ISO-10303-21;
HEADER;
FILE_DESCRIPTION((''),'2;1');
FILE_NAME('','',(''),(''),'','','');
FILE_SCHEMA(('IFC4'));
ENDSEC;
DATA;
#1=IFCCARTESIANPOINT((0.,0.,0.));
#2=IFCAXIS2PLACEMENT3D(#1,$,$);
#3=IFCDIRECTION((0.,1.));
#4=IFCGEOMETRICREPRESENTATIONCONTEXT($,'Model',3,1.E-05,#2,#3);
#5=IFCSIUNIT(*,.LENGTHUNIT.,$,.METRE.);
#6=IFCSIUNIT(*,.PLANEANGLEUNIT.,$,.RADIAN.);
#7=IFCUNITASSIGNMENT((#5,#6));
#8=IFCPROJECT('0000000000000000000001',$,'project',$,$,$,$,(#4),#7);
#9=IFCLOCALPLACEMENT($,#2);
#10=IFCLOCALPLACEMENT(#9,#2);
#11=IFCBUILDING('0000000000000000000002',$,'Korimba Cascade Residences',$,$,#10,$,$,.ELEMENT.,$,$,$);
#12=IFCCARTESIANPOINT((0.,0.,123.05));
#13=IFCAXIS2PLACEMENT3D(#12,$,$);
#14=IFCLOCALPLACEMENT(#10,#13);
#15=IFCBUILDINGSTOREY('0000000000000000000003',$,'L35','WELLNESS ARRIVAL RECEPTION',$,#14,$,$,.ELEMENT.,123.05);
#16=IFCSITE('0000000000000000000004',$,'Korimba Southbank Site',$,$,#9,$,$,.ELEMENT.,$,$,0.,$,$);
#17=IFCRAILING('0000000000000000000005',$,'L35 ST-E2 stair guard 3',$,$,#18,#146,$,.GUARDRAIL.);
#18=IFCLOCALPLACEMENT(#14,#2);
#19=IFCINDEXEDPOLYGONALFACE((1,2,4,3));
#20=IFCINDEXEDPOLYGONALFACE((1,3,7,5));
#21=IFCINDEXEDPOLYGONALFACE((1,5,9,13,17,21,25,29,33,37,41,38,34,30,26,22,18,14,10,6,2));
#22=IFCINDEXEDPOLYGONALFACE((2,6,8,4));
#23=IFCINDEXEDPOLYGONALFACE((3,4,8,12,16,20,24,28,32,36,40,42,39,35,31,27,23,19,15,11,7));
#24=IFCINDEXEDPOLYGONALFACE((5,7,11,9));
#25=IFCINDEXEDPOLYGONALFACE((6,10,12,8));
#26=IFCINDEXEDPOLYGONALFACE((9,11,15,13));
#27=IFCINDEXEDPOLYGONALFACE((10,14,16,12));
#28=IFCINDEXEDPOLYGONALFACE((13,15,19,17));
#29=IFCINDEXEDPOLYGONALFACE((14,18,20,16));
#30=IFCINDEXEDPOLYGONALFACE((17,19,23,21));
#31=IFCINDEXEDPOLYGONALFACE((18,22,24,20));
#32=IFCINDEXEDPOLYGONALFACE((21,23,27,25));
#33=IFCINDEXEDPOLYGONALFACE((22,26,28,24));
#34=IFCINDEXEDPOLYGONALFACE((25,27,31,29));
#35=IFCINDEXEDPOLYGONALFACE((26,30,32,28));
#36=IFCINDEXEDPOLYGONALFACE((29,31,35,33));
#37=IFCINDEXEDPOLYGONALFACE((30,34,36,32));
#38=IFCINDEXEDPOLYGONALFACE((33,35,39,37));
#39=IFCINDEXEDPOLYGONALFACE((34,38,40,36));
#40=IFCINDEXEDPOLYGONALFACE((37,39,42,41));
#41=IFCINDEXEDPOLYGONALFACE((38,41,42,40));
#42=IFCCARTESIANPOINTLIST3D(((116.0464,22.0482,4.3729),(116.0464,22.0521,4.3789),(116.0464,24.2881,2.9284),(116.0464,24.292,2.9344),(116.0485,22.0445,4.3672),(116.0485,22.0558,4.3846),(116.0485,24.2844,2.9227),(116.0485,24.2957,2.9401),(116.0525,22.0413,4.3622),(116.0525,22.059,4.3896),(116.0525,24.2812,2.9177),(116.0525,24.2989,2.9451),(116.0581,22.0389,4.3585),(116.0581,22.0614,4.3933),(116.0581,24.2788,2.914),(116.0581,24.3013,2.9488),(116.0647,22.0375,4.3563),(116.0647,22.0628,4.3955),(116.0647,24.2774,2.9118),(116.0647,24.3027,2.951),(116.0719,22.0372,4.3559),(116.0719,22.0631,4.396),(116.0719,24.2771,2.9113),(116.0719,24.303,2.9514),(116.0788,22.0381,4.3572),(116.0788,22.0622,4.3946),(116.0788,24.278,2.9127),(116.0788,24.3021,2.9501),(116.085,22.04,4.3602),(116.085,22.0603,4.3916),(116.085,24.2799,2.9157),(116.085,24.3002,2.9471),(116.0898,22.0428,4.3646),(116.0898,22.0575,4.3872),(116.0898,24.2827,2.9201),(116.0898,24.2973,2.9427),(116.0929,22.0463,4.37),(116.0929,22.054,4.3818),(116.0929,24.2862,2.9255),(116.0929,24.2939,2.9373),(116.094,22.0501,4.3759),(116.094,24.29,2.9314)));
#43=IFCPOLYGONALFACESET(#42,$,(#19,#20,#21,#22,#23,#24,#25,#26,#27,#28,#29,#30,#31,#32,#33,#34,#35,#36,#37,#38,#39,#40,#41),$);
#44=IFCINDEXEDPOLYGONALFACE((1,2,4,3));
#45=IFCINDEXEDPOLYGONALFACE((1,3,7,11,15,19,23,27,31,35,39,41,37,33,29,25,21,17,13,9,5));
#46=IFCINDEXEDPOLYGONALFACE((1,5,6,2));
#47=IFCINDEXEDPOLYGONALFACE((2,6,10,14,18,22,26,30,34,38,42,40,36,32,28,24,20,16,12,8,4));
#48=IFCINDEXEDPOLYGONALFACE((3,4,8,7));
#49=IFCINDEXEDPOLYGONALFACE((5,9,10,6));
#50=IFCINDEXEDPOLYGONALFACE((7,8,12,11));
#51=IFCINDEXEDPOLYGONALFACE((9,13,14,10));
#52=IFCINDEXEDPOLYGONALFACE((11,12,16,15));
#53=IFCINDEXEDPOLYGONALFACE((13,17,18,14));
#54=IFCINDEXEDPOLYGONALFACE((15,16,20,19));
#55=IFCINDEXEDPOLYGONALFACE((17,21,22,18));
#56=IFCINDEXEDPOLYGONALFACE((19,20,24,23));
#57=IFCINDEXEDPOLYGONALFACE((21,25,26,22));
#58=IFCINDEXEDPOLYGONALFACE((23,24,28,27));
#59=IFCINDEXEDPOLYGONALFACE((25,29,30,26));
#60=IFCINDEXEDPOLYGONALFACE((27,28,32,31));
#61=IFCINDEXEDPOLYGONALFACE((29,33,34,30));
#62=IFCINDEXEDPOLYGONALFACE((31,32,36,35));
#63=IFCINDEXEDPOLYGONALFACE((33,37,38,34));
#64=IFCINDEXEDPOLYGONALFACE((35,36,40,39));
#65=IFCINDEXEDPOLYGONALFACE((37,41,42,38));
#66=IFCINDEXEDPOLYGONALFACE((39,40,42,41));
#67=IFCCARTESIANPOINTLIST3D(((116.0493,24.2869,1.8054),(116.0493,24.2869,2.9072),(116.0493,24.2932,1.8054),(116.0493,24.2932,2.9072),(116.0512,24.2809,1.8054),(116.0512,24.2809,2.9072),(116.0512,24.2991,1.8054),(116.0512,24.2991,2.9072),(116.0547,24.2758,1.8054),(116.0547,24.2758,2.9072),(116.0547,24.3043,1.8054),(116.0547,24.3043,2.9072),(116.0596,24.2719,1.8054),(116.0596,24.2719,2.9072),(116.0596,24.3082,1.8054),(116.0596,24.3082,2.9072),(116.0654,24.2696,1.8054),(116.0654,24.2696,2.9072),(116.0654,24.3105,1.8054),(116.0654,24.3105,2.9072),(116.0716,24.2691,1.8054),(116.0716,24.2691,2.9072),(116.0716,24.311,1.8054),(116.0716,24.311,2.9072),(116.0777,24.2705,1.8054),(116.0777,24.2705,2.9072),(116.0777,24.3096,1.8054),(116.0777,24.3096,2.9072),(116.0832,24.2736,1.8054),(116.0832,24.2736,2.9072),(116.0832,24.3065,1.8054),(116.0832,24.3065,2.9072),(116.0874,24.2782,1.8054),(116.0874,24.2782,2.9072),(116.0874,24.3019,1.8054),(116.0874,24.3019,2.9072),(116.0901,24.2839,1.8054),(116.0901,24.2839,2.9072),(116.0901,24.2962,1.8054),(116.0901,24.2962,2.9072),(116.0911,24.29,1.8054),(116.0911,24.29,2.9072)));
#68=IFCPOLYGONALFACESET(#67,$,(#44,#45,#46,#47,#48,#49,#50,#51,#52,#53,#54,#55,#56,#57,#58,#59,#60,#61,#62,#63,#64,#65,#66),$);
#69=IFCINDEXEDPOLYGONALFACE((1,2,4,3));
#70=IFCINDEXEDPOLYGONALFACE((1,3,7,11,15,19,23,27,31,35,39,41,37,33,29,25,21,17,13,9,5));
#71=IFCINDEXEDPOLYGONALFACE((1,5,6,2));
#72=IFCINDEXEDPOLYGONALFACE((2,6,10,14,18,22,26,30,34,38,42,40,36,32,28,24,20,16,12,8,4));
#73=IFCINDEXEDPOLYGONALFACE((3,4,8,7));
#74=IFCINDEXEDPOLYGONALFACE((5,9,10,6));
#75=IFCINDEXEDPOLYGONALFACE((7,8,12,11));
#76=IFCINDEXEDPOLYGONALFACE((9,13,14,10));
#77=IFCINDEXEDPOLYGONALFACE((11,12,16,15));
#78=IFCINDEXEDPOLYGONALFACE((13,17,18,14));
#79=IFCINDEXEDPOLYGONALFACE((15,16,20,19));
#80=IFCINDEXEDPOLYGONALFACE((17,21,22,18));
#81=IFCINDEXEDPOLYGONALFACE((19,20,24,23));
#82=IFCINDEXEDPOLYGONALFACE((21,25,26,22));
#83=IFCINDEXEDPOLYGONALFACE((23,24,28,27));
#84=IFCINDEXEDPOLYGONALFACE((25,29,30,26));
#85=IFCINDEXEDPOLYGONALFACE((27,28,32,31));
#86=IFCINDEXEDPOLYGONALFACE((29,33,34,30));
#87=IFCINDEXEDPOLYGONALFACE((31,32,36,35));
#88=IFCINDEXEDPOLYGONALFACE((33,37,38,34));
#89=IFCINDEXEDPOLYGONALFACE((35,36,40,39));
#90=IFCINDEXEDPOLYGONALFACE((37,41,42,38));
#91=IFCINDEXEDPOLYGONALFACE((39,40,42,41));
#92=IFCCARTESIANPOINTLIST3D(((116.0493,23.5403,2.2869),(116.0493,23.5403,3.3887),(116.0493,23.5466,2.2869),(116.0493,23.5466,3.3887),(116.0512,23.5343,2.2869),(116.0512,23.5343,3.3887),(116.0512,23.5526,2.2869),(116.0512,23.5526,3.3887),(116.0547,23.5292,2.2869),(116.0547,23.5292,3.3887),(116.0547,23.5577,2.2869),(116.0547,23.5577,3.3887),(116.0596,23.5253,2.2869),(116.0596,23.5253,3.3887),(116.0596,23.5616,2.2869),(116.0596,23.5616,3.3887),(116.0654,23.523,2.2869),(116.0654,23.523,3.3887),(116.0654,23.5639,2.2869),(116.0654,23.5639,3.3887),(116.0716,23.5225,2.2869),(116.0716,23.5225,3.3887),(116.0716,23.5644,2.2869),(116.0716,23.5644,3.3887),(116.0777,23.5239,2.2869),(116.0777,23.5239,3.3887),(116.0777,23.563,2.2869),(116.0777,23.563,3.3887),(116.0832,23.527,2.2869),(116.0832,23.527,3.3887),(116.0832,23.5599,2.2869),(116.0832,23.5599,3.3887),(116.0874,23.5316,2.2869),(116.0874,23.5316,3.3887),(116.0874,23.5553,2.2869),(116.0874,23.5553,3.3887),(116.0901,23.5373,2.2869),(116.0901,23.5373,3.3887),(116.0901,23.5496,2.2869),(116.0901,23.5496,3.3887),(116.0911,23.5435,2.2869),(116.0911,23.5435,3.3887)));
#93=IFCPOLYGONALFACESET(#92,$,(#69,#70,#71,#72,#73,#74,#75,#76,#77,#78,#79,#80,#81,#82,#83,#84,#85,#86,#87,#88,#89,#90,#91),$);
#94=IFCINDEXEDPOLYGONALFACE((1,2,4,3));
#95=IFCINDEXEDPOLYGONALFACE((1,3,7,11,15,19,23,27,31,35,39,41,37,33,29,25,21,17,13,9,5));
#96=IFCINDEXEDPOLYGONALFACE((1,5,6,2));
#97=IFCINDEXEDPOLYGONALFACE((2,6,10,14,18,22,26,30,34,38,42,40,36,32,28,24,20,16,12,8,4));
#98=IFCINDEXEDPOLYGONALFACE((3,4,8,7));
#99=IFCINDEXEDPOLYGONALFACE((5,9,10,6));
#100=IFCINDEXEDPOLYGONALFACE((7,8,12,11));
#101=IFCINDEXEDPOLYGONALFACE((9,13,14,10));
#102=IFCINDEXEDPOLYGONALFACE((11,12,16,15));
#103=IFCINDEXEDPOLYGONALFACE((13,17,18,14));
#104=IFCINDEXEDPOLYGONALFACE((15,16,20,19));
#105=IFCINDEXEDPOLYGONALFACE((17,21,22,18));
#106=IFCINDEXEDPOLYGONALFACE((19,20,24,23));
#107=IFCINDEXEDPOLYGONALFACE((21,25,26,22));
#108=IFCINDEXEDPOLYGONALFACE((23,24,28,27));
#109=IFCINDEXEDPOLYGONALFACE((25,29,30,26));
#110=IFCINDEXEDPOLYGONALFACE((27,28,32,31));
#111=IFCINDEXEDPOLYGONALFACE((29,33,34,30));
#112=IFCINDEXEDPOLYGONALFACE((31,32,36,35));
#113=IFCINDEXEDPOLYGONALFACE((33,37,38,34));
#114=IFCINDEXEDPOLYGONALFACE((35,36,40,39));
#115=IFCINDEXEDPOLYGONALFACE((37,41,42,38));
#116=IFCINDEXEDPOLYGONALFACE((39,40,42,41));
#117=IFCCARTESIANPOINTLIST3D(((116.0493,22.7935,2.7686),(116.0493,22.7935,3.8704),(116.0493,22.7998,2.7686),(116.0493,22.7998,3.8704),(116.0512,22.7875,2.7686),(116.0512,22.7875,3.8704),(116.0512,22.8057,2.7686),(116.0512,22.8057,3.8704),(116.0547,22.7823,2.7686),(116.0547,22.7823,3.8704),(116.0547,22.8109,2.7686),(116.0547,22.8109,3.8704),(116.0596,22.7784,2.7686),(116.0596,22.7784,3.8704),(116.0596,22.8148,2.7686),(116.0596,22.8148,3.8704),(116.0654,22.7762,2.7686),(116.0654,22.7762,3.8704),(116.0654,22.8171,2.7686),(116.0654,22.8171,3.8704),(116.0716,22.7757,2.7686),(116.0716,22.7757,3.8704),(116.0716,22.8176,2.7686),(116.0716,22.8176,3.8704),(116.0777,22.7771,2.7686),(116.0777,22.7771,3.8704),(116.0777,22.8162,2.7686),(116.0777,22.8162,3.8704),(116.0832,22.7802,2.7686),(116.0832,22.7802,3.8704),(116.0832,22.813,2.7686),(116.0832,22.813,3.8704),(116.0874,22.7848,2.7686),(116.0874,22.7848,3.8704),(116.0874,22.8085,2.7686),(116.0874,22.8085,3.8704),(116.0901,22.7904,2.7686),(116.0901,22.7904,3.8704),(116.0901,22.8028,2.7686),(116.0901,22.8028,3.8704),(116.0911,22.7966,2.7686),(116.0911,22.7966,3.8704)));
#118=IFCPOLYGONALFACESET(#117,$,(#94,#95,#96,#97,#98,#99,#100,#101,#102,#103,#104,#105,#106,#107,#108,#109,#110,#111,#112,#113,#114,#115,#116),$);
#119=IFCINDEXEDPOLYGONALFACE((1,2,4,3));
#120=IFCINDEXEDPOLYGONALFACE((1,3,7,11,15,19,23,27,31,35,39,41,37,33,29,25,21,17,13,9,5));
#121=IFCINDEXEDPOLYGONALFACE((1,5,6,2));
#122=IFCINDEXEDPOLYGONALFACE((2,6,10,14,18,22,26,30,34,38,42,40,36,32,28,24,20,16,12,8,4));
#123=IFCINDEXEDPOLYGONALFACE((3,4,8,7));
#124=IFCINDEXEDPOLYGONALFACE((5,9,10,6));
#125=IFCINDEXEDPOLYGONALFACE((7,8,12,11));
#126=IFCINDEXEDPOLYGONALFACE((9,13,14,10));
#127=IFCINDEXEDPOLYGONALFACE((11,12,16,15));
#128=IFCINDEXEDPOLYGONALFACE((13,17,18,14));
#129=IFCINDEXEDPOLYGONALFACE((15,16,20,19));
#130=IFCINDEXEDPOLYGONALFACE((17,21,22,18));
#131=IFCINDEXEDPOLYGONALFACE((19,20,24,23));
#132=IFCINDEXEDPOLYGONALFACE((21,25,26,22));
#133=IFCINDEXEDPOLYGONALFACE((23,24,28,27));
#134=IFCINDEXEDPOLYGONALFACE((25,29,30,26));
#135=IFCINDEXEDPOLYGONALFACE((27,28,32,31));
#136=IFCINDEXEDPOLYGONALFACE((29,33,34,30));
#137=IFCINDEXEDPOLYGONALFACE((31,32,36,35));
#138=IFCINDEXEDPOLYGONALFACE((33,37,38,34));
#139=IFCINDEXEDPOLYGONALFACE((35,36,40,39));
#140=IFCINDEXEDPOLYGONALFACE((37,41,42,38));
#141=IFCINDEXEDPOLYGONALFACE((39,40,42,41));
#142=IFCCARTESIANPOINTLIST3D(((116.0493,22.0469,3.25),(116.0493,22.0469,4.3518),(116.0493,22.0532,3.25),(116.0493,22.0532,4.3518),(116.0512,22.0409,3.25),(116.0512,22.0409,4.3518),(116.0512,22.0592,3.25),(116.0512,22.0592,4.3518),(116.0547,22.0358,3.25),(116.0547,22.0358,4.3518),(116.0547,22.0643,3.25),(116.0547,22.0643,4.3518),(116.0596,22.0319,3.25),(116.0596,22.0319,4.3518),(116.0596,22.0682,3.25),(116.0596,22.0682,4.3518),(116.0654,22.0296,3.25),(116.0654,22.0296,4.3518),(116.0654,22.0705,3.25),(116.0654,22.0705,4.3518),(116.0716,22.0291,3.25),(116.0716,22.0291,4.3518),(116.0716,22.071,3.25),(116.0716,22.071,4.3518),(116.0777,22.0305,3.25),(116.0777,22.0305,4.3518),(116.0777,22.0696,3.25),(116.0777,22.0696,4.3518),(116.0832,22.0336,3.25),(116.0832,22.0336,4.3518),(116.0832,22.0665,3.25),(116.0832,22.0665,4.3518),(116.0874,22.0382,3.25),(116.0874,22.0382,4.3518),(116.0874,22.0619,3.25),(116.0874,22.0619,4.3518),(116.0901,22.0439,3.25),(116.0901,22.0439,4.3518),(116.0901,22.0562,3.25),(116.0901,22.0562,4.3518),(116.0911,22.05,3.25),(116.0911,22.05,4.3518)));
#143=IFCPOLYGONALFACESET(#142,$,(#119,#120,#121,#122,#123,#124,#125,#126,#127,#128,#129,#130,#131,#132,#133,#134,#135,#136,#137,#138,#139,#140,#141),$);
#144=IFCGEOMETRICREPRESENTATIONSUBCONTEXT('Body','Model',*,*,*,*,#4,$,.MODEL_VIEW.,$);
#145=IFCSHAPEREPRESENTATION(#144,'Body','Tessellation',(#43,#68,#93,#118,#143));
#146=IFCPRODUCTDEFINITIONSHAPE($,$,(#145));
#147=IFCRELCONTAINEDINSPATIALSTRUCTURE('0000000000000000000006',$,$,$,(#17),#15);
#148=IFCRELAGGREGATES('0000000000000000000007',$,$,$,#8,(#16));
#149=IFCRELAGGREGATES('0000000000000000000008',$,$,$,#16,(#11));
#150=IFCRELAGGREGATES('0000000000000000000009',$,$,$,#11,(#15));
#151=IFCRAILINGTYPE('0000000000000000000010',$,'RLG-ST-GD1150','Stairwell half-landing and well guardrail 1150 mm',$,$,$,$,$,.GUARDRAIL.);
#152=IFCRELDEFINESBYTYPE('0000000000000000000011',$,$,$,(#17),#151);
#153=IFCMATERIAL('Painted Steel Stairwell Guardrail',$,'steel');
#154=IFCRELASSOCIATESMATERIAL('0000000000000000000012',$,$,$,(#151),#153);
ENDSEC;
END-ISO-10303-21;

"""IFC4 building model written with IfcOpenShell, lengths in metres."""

from ifc_helpers import new_model, si_unit, direction, frame, origin, origin_2d, place, context, subcontext, project, spatial, circle, extrude, material, type_object, element, save


model = new_model("IFC4")

# Units and contexts
model_context = context("Model", 3, precision=1e-05, world=origin(), true_north=direction((0.0, 1.0)))
body_context = subcontext(model_context, "Body", "Model", "MODEL_VIEW")
ifc_project = project(units=[si_unit("LENGTHUNIT", "METRE"), si_unit("PLANEANGLEUNIT", "RADIAN")], contexts=[model_context])

# Site, building, storey
site_placement = place(None, origin())
site = spatial("IfcSite", under=ifc_project, at=site_placement, Name="Korimba Southbank Site", CompositionType="ELEMENT", RefElevation=0.0)
building_placement = place(site_placement, origin())
building = spatial("IfcBuilding", under=site, at=building_placement, Name="Korimba Cascade Residences", CompositionType="ELEMENT")
storey_placement = place(building_placement, frame((0.0, 0.0, 123.05)))
storey = spatial("IfcBuildingStorey", under=building, at=storey_placement, Name="L35", Description="WELLNESS ARRIVAL RECEPTION", CompositionType="ELEMENT", Elevation=123.05)

# Railing
ifc_material_1 = material(Name="Painted Steel Stairwell Guardrail", Category="steel")
railing_type_1 = type_object("IfcRailingType", Name="RLG-ST-GD1150", Description="Stairwell half-landing and well guardrail 1150 mm", PredefinedType="GUARDRAIL", material=ifc_material_1)
railing_1_placement = place(storey_placement, frame((116.0701, 24.29, 1.8054)))
element("IfcRailing", 1, at=railing_1_placement, inside=storey, type_object=railing_type_1, Name="L35 ST-E2 stair guard 3", PredefinedType="GUARDRAIL", context=body_context, shape_type="SweptSolid", body=[
    extrude(circle(Radius=0.0239, at=origin_2d()), frame((0.0, 0.0, 1.126), z_axis=(0.0, -0.840395, 0.541975), x_axis=(1.0, 0.0, 0.0)), (0.0, 0.0, 1.0), 2.6653),
    extrude(circle(Radius=0.021, at=origin_2d()), origin(), (0.0, 0.0, 1.0), 1.1018),
    extrude(circle(Radius=0.021, at=origin_2d()), frame((0.0, -0.7466, 0.4814)), (0.0, 0.0, 1.0), 1.1018),
    extrude(circle(Radius=0.021, at=origin_2d()), frame((0.0, -1.4934, 0.9631)), (0.0, 0.0, 1.0), 1.1018),
    extrude(circle(Radius=0.021, at=origin_2d()), frame((0.0, -2.24, 1.4446)), (0.0, 0.0, 1.0), 1.1018),
])

save(model, "model.ifc")
